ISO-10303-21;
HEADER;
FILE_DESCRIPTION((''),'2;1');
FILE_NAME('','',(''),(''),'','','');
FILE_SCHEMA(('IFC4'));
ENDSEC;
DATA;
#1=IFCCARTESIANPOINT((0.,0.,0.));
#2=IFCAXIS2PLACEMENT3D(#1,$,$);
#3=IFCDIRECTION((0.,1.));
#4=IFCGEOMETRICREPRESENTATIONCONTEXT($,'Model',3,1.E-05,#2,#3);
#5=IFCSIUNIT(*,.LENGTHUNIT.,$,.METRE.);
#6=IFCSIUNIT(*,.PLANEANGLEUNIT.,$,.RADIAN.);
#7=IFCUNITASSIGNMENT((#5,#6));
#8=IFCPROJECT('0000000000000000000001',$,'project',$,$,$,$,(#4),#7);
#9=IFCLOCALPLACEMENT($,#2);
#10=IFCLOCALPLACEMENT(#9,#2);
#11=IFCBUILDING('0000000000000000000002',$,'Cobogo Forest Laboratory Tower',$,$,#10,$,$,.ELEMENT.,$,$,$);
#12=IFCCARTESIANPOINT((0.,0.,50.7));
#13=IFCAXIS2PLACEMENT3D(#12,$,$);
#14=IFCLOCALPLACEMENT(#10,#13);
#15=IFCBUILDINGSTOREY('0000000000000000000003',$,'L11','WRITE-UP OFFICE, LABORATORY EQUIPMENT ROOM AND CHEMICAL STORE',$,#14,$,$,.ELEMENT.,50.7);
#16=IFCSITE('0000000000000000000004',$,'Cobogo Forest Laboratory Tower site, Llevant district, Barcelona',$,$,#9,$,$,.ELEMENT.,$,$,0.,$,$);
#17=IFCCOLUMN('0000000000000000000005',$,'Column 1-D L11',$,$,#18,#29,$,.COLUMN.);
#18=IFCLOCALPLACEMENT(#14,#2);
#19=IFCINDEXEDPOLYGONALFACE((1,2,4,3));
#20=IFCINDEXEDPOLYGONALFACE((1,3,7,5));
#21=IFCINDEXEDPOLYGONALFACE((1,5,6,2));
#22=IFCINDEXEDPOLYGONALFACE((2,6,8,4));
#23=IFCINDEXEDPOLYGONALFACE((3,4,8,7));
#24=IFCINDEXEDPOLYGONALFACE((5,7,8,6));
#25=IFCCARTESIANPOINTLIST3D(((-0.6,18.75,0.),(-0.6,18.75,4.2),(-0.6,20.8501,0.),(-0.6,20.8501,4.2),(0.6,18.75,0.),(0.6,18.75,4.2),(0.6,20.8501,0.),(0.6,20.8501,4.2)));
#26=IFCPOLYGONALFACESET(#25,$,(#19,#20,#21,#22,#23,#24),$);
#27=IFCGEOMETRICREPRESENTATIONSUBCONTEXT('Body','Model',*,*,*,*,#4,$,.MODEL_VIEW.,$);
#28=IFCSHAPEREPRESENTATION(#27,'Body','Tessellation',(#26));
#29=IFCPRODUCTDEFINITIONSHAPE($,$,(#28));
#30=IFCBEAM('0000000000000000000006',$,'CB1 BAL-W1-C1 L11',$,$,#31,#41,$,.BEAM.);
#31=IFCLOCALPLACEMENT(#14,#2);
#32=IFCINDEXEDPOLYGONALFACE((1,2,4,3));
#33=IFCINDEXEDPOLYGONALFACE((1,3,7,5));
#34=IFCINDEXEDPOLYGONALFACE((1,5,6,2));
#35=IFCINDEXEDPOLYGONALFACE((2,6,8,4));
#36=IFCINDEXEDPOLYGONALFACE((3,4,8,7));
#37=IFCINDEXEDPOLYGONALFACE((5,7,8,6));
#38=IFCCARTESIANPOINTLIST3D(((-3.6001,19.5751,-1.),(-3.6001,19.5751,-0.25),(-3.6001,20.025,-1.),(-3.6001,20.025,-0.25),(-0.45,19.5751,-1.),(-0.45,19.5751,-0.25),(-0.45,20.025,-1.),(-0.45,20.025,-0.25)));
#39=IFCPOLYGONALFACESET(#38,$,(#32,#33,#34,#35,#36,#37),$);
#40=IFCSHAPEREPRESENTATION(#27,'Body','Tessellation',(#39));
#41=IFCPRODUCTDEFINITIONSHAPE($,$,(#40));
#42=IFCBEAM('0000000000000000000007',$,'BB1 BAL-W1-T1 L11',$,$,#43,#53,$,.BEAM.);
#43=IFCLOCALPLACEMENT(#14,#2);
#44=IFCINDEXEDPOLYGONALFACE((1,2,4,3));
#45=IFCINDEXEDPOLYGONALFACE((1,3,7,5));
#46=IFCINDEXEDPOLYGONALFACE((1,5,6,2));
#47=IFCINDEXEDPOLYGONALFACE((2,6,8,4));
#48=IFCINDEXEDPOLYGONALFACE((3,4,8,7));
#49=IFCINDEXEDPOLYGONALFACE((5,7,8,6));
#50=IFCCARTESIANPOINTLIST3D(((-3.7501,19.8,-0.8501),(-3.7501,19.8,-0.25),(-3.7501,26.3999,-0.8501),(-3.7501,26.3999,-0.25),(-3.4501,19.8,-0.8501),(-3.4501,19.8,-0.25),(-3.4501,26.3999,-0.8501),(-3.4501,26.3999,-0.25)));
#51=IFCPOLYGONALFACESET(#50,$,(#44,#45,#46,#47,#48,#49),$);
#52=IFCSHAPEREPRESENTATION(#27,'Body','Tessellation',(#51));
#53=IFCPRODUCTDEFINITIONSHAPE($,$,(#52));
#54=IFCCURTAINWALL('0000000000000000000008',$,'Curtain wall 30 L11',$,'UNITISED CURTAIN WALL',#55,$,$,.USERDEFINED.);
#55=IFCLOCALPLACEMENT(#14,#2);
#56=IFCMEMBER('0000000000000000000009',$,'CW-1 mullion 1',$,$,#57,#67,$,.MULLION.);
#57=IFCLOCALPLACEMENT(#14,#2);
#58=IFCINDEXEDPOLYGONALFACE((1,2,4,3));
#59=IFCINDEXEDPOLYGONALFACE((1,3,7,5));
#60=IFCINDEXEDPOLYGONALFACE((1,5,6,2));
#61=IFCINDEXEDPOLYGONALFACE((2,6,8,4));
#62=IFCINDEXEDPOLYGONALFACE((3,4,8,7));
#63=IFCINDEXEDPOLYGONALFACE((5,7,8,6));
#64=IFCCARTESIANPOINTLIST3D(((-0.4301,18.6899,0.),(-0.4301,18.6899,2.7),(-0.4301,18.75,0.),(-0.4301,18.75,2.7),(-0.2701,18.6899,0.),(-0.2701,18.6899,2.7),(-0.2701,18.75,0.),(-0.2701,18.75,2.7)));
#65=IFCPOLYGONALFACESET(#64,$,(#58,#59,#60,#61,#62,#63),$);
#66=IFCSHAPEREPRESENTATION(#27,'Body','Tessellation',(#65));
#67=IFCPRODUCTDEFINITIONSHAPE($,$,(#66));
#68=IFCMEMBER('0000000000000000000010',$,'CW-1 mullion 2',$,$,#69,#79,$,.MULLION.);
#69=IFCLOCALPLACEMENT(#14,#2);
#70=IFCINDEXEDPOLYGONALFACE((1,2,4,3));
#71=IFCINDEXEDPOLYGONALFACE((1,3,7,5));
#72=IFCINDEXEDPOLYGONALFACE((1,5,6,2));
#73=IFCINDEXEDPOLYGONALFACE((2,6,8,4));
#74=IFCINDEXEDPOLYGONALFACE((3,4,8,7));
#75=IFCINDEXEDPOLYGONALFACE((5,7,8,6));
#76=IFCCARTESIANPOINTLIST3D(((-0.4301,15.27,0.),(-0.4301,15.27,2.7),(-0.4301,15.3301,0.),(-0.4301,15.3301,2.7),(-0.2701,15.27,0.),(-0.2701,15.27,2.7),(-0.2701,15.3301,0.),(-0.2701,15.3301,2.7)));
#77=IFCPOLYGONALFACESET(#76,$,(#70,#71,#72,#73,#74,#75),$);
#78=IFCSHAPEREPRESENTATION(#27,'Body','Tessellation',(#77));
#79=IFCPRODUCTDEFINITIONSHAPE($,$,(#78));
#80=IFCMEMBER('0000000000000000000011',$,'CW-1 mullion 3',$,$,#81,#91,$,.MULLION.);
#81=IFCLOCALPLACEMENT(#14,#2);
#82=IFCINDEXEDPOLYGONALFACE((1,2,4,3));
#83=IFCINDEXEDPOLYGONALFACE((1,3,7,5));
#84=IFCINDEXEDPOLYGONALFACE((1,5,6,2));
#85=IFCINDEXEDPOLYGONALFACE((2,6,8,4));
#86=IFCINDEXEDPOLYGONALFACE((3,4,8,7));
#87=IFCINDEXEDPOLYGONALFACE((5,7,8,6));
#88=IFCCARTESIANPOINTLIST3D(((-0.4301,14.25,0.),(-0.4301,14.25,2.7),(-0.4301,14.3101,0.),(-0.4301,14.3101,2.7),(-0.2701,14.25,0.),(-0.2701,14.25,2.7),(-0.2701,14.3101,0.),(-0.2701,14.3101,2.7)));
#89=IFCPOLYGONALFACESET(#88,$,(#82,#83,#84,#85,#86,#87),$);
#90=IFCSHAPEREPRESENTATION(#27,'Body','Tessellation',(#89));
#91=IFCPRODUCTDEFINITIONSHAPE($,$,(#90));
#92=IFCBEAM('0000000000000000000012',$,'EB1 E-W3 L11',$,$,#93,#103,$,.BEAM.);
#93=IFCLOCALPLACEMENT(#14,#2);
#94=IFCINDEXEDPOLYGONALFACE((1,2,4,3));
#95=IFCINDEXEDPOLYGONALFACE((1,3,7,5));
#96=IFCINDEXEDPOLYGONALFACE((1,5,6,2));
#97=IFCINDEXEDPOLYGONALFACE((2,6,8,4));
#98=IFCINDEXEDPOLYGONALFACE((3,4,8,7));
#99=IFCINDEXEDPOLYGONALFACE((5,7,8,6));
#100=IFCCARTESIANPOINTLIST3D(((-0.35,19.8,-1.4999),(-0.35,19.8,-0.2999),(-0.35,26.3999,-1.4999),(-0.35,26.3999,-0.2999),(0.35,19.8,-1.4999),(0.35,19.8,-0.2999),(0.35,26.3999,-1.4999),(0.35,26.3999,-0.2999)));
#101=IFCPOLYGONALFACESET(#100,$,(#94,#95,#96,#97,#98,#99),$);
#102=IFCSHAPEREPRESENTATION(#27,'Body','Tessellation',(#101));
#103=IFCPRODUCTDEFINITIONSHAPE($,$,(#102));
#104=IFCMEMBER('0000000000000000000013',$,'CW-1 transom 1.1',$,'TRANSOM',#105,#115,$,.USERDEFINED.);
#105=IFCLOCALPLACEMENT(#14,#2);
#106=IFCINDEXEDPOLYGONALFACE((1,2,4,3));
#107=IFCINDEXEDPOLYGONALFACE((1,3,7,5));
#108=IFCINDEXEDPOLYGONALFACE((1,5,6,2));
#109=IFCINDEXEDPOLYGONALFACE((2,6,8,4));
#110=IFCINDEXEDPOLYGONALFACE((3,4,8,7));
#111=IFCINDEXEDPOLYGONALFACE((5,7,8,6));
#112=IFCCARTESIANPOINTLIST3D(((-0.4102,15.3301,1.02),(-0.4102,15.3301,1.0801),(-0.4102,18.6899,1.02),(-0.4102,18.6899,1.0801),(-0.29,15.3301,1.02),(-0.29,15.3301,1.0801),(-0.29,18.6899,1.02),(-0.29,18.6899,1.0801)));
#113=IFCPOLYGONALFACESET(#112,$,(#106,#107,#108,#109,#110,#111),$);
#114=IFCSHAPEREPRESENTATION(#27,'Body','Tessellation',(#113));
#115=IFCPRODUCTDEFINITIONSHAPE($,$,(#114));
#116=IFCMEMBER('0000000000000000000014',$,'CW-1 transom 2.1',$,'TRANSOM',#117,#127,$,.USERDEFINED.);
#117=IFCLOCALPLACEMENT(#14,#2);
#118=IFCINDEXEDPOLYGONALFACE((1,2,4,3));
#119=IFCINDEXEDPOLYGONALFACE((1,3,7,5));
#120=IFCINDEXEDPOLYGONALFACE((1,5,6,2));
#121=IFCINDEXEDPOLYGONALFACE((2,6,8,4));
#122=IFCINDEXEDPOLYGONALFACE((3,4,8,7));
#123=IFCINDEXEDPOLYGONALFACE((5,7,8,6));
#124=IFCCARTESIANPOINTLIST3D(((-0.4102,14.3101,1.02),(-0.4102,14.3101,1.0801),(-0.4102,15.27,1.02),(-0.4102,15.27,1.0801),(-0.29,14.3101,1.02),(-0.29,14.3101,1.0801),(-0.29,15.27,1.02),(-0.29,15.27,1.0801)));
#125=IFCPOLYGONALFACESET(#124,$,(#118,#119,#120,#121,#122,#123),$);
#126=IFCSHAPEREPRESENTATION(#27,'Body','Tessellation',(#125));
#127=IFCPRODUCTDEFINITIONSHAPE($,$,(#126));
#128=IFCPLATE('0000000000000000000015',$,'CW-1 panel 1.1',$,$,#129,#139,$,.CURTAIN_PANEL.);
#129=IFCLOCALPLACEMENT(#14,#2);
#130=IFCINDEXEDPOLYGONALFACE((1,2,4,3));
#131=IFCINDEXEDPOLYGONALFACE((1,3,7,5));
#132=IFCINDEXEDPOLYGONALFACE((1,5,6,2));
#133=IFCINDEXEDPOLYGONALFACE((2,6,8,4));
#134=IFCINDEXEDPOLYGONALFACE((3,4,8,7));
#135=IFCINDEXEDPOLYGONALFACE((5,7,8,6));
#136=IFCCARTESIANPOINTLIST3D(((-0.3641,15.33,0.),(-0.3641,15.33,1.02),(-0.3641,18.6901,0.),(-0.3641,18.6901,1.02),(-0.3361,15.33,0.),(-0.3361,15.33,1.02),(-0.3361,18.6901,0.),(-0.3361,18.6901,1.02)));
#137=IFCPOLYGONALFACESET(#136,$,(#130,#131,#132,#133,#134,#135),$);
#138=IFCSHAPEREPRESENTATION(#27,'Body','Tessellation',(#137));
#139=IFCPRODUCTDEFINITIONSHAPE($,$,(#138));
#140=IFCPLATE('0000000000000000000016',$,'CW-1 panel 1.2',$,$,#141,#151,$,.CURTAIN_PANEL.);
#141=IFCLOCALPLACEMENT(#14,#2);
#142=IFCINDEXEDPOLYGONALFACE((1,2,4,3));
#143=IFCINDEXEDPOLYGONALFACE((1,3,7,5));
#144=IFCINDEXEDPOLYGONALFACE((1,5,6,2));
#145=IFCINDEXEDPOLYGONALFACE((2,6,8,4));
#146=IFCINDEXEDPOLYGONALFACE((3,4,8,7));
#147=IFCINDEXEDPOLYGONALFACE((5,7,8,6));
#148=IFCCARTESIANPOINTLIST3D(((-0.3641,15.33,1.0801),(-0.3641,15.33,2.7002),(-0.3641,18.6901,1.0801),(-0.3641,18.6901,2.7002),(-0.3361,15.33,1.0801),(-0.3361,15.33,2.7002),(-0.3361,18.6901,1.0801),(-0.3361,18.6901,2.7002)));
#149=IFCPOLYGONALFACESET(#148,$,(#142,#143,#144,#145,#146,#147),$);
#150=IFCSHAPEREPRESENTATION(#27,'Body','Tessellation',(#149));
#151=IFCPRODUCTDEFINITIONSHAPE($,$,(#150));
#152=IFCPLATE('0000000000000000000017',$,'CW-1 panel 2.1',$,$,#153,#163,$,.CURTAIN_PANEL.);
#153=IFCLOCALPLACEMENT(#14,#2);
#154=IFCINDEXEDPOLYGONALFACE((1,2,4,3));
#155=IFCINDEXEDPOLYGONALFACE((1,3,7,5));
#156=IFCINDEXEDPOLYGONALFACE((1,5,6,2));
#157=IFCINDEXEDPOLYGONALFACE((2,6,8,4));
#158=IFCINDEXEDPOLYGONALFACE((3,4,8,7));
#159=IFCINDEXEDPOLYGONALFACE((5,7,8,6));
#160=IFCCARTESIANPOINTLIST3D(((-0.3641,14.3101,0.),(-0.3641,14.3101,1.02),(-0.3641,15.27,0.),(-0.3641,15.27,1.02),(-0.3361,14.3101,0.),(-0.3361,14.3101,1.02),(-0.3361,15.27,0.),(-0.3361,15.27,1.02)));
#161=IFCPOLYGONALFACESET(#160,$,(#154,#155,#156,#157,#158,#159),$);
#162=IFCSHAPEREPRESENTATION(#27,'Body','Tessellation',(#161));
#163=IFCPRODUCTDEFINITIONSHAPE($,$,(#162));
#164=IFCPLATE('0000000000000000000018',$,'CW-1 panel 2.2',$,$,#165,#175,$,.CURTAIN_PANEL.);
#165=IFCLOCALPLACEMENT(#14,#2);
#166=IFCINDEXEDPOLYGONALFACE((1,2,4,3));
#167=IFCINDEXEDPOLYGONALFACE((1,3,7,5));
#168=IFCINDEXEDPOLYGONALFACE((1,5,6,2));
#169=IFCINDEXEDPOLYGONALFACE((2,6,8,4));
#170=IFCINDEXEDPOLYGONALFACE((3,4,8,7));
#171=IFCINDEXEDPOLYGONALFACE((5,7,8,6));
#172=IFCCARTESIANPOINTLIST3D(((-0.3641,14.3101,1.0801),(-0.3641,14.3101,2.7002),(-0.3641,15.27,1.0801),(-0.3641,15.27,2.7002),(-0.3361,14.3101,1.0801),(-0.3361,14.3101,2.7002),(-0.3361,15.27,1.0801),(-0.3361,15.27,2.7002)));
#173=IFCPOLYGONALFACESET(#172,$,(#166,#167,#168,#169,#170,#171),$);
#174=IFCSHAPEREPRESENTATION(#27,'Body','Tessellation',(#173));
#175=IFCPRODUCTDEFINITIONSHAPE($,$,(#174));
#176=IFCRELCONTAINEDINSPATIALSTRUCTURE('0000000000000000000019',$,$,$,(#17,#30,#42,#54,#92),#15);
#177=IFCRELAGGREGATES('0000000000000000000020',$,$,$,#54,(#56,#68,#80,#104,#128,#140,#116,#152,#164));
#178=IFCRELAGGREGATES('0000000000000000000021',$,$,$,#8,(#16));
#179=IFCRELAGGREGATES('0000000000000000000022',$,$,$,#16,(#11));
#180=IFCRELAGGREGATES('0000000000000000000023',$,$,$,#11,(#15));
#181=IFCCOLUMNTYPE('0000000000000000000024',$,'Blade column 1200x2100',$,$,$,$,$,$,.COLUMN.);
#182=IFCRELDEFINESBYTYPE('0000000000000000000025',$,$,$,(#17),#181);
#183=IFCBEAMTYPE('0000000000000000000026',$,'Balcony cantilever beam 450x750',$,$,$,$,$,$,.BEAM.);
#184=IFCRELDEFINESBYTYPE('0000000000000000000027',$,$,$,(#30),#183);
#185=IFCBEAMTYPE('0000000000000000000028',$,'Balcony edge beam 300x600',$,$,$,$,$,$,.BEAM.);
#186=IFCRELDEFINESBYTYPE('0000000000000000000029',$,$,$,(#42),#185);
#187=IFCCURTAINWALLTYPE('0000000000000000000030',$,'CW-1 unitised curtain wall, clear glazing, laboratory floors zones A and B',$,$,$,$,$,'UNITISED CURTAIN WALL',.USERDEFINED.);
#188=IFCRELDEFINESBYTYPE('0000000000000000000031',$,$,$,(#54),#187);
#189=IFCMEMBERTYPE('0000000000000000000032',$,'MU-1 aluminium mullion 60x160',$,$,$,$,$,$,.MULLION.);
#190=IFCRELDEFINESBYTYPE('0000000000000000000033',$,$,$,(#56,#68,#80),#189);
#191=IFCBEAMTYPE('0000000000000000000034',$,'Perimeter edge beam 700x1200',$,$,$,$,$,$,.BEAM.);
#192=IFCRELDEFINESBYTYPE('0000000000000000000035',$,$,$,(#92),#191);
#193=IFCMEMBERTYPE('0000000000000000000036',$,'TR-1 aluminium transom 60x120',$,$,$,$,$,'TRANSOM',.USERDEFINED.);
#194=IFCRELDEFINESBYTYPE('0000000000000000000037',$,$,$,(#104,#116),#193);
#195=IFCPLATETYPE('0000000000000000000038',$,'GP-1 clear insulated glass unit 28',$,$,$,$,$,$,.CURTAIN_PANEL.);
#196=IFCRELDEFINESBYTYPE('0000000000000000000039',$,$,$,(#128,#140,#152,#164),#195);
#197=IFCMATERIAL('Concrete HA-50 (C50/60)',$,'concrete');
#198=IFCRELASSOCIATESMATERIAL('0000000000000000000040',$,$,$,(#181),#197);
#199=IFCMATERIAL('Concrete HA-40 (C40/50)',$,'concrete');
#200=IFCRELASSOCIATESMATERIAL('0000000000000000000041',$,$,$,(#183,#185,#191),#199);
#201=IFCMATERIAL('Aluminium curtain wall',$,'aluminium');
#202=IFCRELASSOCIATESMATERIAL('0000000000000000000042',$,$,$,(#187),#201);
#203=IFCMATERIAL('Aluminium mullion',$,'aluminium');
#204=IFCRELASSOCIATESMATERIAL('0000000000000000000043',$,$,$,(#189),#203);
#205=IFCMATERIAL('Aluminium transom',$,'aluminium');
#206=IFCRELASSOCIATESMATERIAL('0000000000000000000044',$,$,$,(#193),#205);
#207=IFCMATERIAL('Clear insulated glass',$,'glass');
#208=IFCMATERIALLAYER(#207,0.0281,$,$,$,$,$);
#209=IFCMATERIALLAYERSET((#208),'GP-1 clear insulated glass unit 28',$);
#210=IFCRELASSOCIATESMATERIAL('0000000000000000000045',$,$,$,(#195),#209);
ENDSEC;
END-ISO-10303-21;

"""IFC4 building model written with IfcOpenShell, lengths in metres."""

from ifc_helpers import new_model, si_unit, direction, frame, origin, origin_2d, place, context, subcontext, project, spatial, rectangle, extrude, material, layer, layer_set, material_profile, profile_set, type_object, element, aggregate, save


model = new_model("IFC4")

# Units and contexts
model_context = context("Model", 3, precision=1e-05, world=origin(), true_north=direction((0.0, 1.0)))
body_context = subcontext(model_context, "Body", "Model", "MODEL_VIEW")
ifc_project = project(units=[si_unit("LENGTHUNIT", "METRE"), si_unit("PLANEANGLEUNIT", "RADIAN")], contexts=[model_context])

# Site, building, storey
site_placement = place(None, origin())
site = spatial("IfcSite", under=ifc_project, at=site_placement, Name="Cobogo Forest Laboratory Tower site, Llevant district, Barcelona", CompositionType="ELEMENT", RefElevation=0.0)
building_placement = place(site_placement, origin())
building = spatial("IfcBuilding", under=site, at=building_placement, Name="Cobogo Forest Laboratory Tower", CompositionType="ELEMENT")
storey_placement = place(building_placement, frame((0.0, 0.0, 50.7)))
storey = spatial("IfcBuildingStorey", under=building, at=storey_placement, Name="L11", Description="WRITE-UP OFFICE, LABORATORY EQUIPMENT ROOM AND CHEMICAL STORE", CompositionType="ELEMENT", Elevation=50.7)

# Column
ifc_material_1 = material(Name="Concrete HA-50 (C50/60)", Category="concrete")
ifc_material_profile_1 = material_profile(ifc_material_1, rectangle(XDim=2.1001, YDim=1.2, at=origin_2d()), Name="RC 1200x2100")
ifc_profile_set_1 = profile_set([ifc_material_profile_1], Name="Concrete HA-50 (C50/60)")
column_type = type_object("IfcColumnType", Name="Blade column 1200x2100", PredefinedType="COLUMN", material=ifc_profile_set_1)
column_placement = place(storey_placement, frame((0.0, 19.8, 0.0), z_axis=(0.0, 0.0, 1.0), x_axis=(0.0, 1.0, 0.0)))
element("IfcColumn", 1, at=column_placement, inside=storey, type_object=column_type, Name="Column 1-D L11", PredefinedType="COLUMN", context=body_context, shape_type="SweptSolid", body=[
    extrude(rectangle(XDim=2.1001, YDim=1.2, at=origin_2d()), origin(), (0.0, 0.0, 1.0), 4.2),
])

# Beams
ifc_material_2 = material(Name="Concrete HA-40 (C40/50)", Category="concrete")
ifc_material_profile_2 = material_profile(ifc_material_2, rectangle(XDim=0.45, YDim=0.75, at=origin_2d()), Name="RC 450x750")
ifc_profile_set_2 = profile_set([ifc_material_profile_2], Name="Concrete HA-40 (C40/50)")
beam_type_1 = type_object("IfcBeamType", Name="Balcony cantilever beam 450x750", PredefinedType="BEAM", material=ifc_profile_set_2)
beam_1_placement = place(storey_placement, frame((-0.45, 19.8, -0.625), z_axis=(-1.0, 0.0, 0.0), x_axis=(0.0, -1.0, 0.0)))
element("IfcBeam", 2, at=beam_1_placement, inside=storey, type_object=beam_type_1, Name="CB1 BAL-W1-C1 L11", PredefinedType="BEAM", context=body_context, shape_type="SweptSolid", body=[
    extrude(rectangle(XDim=0.45, YDim=0.75, at=origin_2d()), origin(), (0.0, 0.0, 1.0), 3.1501),
])
ifc_material_profile_3 = material_profile(ifc_material_2, rectangle(XDim=0.3, YDim=0.6001, at=origin_2d()), Name="RC 300x600")
ifc_profile_set_3 = profile_set([ifc_material_profile_3], Name="Concrete HA-40 (C40/50)")
beam_type_2 = type_object("IfcBeamType", Name="Balcony edge beam 300x600", PredefinedType="BEAM", material=ifc_profile_set_3)
beam_2_placement = place(storey_placement, frame((-3.6001, 19.8, -0.55), z_axis=(0.0, 1.0, 0.0), x_axis=(-1.0, 0.0, 0.0)))
element("IfcBeam", 3, at=beam_2_placement, inside=storey, type_object=beam_type_2, Name="BB1 BAL-W1-T1 L11", PredefinedType="BEAM", context=body_context, shape_type="SweptSolid", body=[
    extrude(rectangle(XDim=0.3, YDim=0.6001, at=origin_2d()), origin(), (0.0, 0.0, 1.0), 6.5999),
])

# Curtain wall, members
ifc_material_3 = material(Name="Aluminium curtain wall", Category="aluminium")
curtain_wall_type = type_object("IfcCurtainWallType", Name="CW-1 unitised curtain wall, clear glazing, laboratory floors zones A and B", ElementType="UNITISED CURTAIN WALL", PredefinedType="USERDEFINED", material=ifc_material_3)
curtain_wall_placement = place(storey_placement, origin())
curtain_wall = element("IfcCurtainWall", 4, at=curtain_wall_placement, inside=storey, type_object=curtain_wall_type, Name="Curtain wall 30 L11", ObjectType="UNITISED CURTAIN WALL", PredefinedType="USERDEFINED")
ifc_material_4 = material(Name="Aluminium mullion", Category="aluminium")
ifc_material_profile_4 = material_profile(ifc_material_4, rectangle(XDim=0.0601, YDim=0.1599, at=origin_2d()), Name="AL 60x160")
ifc_profile_set_4 = profile_set([ifc_material_profile_4], Name="Aluminium mullion")
member_type_1 = type_object("IfcMemberType", Name="MU-1 aluminium mullion 60x160", PredefinedType="MULLION", material=ifc_profile_set_4)
member_1_placement = place(storey_placement, frame((-0.3501, 18.72, 0.0), z_axis=(0.0, 0.0, 1.0), x_axis=(0.0, -1.0, 0.0)))
member_1 = element("IfcMember", 5, at=member_1_placement, type_object=member_type_1, Name="CW-1 mullion 1", PredefinedType="MULLION", context=body_context, shape_type="SweptSolid", body=[
    extrude(rectangle(XDim=0.0601, YDim=0.1599, at=origin_2d()), origin(), (0.0, 0.0, 1.0), 2.7),
])
member_2_placement = place(storey_placement, frame((-0.3501, 15.3, 0.0), z_axis=(0.0, 0.0, 1.0), x_axis=(0.0, -1.0, 0.0)))
member_2 = element("IfcMember", 6, at=member_2_placement, type_object=member_type_1, Name="CW-1 mullion 2", PredefinedType="MULLION", context=body_context, shape_type="SweptSolid", body=[
    extrude(rectangle(XDim=0.0601, YDim=0.1599, at=origin_2d()), origin(), (0.0, 0.0, 1.0), 2.7),
])
member_3_placement = place(storey_placement, frame((-0.3501, 14.28, 0.0), z_axis=(0.0, 0.0, 1.0), x_axis=(0.0, -1.0, 0.0)))
member_3 = element("IfcMember", 7, at=member_3_placement, type_object=member_type_1, Name="CW-1 mullion 3", PredefinedType="MULLION", context=body_context, shape_type="SweptSolid", body=[
    extrude(rectangle(XDim=0.0601, YDim=0.1599, at=origin_2d()), origin(), (0.0, 0.0, 1.0), 2.7),
])

# Beam
ifc_material_profile_5 = material_profile(ifc_material_2, rectangle(XDim=0.7, YDim=1.2, at=origin_2d()), Name="RC 700x1200")
ifc_profile_set_5 = profile_set([ifc_material_profile_5], Name="Concrete HA-40 (C40/50)")
beam_type_3 = type_object("IfcBeamType", Name="Perimeter edge beam 700x1200", PredefinedType="BEAM", material=ifc_profile_set_5)
beam_3_placement = place(storey_placement, frame((0.0, 19.8, -0.8999), z_axis=(0.0, 1.0, 0.0), x_axis=(-1.0, 0.0, 0.0)))
element("IfcBeam", 8, at=beam_3_placement, inside=storey, type_object=beam_type_3, Name="EB1 E-W3 L11", PredefinedType="BEAM", context=body_context, shape_type="SweptSolid", body=[
    extrude(rectangle(XDim=0.7, YDim=1.2, at=origin_2d()), origin(), (0.0, 0.0, 1.0), 6.5999),
])

# Members
ifc_material_5 = material(Name="Aluminium transom", Category="aluminium")
ifc_material_profile_6 = material_profile(ifc_material_5, rectangle(XDim=0.1201, YDim=0.0601, at=origin_2d()), Name="AL 60x120")
ifc_profile_set_6 = profile_set([ifc_material_profile_6], Name="Aluminium transom")
member_type_2 = type_object("IfcMemberType", Name="TR-1 aluminium transom 60x120", ElementType="TRANSOM", PredefinedType="USERDEFINED", material=ifc_profile_set_6)
member_4_placement = place(storey_placement, frame((-0.3501, 18.6899, 1.05), z_axis=(0.0, -1.0, 0.0), x_axis=(1.0, 0.0, 0.0)))
member_4 = element("IfcMember", 9, at=member_4_placement, type_object=member_type_2, Name="CW-1 transom 1.1", ObjectType="TRANSOM", PredefinedType="USERDEFINED", context=body_context, shape_type="SweptSolid", body=[
    extrude(rectangle(XDim=0.1201, YDim=0.0601, at=origin_2d()), origin(), (0.0, 0.0, 1.0), 3.3599),
])
member_5_placement = place(storey_placement, frame((-0.3501, 15.27, 1.05), z_axis=(0.0, -1.0, 0.0), x_axis=(1.0, 0.0, 0.0)))
member_5 = element("IfcMember", 10, at=member_5_placement, type_object=member_type_2, Name="CW-1 transom 2.1", ObjectType="TRANSOM", PredefinedType="USERDEFINED", context=body_context, shape_type="SweptSolid", body=[
    extrude(rectangle(XDim=0.1201, YDim=0.0601, at=origin_2d()), origin(), (0.0, 0.0, 1.0), 0.96),
])

# Plates
ifc_material_6 = material(Name="Clear insulated glass", Category="glass")
ifc_layer_1 = layer(ifc_material_6, 0.0281)
ifc_layer_set_1 = layer_set([ifc_layer_1], Name="GP-1 clear insulated glass unit 28")
plate_type_1 = type_object("IfcPlateType", Name="GP-1 clear insulated glass unit 28", PredefinedType="CURTAIN_PANEL", material=ifc_layer_set_1)
plate_1_placement = place(storey_placement, frame((-0.3501, 17.01, 0.0), z_axis=(0.0, 0.0, 1.0), x_axis=(0.0, -1.0, 0.0)))
plate_1 = element("IfcPlate", 11, at=plate_1_placement, type_object=plate_type_1, Name="CW-1 panel 1.1", PredefinedType="CURTAIN_PANEL", context=body_context, shape_type="SweptSolid", body=[
    extrude(rectangle(XDim=3.3601, YDim=0.0281, at=origin_2d()), origin(), (0.0, 0.0, 1.0), 1.02),
])
plate_2_placement = place(storey_placement, frame((-0.3501, 17.01, 1.0801), z_axis=(0.0, 0.0, 1.0), x_axis=(0.0, -1.0, 0.0)))
plate_2 = element("IfcPlate", 12, at=plate_2_placement, type_object=plate_type_1, Name="CW-1 panel 1.2", PredefinedType="CURTAIN_PANEL", context=body_context, shape_type="SweptSolid", body=[
    extrude(rectangle(XDim=3.3601, YDim=0.0281, at=origin_2d()), origin(), (0.0, 0.0, 1.0), 1.6201),
])
plate_3_placement = place(storey_placement, frame((-0.3501, 14.79, 0.0), z_axis=(0.0, 0.0, 1.0), x_axis=(0.0, -1.0, 0.0)))
plate_3 = element("IfcPlate", 13, at=plate_3_placement, type_object=plate_type_1, Name="CW-1 panel 2.1", PredefinedType="CURTAIN_PANEL", context=body_context, shape_type="SweptSolid", body=[
    extrude(rectangle(XDim=0.96, YDim=0.0281, at=origin_2d()), origin(), (0.0, 0.0, 1.0), 1.02),
])
plate_4_placement = place(storey_placement, frame((-0.3501, 14.79, 1.0801), z_axis=(0.0, 0.0, 1.0), x_axis=(0.0, -1.0, 0.0)))
plate_4 = element("IfcPlate", 14, at=plate_4_placement, type_object=plate_type_1, Name="CW-1 panel 2.2", PredefinedType="CURTAIN_PANEL", context=body_context, shape_type="SweptSolid", body=[
    extrude(rectangle(XDim=0.96, YDim=0.0281, at=origin_2d()), origin(), (0.0, 0.0, 1.0), 1.6201),
])
aggregate(curtain_wall, [member_1, member_2, member_3, member_4, plate_1, plate_2, member_5, plate_3, plate_4])

save(model, "model.ifc")
